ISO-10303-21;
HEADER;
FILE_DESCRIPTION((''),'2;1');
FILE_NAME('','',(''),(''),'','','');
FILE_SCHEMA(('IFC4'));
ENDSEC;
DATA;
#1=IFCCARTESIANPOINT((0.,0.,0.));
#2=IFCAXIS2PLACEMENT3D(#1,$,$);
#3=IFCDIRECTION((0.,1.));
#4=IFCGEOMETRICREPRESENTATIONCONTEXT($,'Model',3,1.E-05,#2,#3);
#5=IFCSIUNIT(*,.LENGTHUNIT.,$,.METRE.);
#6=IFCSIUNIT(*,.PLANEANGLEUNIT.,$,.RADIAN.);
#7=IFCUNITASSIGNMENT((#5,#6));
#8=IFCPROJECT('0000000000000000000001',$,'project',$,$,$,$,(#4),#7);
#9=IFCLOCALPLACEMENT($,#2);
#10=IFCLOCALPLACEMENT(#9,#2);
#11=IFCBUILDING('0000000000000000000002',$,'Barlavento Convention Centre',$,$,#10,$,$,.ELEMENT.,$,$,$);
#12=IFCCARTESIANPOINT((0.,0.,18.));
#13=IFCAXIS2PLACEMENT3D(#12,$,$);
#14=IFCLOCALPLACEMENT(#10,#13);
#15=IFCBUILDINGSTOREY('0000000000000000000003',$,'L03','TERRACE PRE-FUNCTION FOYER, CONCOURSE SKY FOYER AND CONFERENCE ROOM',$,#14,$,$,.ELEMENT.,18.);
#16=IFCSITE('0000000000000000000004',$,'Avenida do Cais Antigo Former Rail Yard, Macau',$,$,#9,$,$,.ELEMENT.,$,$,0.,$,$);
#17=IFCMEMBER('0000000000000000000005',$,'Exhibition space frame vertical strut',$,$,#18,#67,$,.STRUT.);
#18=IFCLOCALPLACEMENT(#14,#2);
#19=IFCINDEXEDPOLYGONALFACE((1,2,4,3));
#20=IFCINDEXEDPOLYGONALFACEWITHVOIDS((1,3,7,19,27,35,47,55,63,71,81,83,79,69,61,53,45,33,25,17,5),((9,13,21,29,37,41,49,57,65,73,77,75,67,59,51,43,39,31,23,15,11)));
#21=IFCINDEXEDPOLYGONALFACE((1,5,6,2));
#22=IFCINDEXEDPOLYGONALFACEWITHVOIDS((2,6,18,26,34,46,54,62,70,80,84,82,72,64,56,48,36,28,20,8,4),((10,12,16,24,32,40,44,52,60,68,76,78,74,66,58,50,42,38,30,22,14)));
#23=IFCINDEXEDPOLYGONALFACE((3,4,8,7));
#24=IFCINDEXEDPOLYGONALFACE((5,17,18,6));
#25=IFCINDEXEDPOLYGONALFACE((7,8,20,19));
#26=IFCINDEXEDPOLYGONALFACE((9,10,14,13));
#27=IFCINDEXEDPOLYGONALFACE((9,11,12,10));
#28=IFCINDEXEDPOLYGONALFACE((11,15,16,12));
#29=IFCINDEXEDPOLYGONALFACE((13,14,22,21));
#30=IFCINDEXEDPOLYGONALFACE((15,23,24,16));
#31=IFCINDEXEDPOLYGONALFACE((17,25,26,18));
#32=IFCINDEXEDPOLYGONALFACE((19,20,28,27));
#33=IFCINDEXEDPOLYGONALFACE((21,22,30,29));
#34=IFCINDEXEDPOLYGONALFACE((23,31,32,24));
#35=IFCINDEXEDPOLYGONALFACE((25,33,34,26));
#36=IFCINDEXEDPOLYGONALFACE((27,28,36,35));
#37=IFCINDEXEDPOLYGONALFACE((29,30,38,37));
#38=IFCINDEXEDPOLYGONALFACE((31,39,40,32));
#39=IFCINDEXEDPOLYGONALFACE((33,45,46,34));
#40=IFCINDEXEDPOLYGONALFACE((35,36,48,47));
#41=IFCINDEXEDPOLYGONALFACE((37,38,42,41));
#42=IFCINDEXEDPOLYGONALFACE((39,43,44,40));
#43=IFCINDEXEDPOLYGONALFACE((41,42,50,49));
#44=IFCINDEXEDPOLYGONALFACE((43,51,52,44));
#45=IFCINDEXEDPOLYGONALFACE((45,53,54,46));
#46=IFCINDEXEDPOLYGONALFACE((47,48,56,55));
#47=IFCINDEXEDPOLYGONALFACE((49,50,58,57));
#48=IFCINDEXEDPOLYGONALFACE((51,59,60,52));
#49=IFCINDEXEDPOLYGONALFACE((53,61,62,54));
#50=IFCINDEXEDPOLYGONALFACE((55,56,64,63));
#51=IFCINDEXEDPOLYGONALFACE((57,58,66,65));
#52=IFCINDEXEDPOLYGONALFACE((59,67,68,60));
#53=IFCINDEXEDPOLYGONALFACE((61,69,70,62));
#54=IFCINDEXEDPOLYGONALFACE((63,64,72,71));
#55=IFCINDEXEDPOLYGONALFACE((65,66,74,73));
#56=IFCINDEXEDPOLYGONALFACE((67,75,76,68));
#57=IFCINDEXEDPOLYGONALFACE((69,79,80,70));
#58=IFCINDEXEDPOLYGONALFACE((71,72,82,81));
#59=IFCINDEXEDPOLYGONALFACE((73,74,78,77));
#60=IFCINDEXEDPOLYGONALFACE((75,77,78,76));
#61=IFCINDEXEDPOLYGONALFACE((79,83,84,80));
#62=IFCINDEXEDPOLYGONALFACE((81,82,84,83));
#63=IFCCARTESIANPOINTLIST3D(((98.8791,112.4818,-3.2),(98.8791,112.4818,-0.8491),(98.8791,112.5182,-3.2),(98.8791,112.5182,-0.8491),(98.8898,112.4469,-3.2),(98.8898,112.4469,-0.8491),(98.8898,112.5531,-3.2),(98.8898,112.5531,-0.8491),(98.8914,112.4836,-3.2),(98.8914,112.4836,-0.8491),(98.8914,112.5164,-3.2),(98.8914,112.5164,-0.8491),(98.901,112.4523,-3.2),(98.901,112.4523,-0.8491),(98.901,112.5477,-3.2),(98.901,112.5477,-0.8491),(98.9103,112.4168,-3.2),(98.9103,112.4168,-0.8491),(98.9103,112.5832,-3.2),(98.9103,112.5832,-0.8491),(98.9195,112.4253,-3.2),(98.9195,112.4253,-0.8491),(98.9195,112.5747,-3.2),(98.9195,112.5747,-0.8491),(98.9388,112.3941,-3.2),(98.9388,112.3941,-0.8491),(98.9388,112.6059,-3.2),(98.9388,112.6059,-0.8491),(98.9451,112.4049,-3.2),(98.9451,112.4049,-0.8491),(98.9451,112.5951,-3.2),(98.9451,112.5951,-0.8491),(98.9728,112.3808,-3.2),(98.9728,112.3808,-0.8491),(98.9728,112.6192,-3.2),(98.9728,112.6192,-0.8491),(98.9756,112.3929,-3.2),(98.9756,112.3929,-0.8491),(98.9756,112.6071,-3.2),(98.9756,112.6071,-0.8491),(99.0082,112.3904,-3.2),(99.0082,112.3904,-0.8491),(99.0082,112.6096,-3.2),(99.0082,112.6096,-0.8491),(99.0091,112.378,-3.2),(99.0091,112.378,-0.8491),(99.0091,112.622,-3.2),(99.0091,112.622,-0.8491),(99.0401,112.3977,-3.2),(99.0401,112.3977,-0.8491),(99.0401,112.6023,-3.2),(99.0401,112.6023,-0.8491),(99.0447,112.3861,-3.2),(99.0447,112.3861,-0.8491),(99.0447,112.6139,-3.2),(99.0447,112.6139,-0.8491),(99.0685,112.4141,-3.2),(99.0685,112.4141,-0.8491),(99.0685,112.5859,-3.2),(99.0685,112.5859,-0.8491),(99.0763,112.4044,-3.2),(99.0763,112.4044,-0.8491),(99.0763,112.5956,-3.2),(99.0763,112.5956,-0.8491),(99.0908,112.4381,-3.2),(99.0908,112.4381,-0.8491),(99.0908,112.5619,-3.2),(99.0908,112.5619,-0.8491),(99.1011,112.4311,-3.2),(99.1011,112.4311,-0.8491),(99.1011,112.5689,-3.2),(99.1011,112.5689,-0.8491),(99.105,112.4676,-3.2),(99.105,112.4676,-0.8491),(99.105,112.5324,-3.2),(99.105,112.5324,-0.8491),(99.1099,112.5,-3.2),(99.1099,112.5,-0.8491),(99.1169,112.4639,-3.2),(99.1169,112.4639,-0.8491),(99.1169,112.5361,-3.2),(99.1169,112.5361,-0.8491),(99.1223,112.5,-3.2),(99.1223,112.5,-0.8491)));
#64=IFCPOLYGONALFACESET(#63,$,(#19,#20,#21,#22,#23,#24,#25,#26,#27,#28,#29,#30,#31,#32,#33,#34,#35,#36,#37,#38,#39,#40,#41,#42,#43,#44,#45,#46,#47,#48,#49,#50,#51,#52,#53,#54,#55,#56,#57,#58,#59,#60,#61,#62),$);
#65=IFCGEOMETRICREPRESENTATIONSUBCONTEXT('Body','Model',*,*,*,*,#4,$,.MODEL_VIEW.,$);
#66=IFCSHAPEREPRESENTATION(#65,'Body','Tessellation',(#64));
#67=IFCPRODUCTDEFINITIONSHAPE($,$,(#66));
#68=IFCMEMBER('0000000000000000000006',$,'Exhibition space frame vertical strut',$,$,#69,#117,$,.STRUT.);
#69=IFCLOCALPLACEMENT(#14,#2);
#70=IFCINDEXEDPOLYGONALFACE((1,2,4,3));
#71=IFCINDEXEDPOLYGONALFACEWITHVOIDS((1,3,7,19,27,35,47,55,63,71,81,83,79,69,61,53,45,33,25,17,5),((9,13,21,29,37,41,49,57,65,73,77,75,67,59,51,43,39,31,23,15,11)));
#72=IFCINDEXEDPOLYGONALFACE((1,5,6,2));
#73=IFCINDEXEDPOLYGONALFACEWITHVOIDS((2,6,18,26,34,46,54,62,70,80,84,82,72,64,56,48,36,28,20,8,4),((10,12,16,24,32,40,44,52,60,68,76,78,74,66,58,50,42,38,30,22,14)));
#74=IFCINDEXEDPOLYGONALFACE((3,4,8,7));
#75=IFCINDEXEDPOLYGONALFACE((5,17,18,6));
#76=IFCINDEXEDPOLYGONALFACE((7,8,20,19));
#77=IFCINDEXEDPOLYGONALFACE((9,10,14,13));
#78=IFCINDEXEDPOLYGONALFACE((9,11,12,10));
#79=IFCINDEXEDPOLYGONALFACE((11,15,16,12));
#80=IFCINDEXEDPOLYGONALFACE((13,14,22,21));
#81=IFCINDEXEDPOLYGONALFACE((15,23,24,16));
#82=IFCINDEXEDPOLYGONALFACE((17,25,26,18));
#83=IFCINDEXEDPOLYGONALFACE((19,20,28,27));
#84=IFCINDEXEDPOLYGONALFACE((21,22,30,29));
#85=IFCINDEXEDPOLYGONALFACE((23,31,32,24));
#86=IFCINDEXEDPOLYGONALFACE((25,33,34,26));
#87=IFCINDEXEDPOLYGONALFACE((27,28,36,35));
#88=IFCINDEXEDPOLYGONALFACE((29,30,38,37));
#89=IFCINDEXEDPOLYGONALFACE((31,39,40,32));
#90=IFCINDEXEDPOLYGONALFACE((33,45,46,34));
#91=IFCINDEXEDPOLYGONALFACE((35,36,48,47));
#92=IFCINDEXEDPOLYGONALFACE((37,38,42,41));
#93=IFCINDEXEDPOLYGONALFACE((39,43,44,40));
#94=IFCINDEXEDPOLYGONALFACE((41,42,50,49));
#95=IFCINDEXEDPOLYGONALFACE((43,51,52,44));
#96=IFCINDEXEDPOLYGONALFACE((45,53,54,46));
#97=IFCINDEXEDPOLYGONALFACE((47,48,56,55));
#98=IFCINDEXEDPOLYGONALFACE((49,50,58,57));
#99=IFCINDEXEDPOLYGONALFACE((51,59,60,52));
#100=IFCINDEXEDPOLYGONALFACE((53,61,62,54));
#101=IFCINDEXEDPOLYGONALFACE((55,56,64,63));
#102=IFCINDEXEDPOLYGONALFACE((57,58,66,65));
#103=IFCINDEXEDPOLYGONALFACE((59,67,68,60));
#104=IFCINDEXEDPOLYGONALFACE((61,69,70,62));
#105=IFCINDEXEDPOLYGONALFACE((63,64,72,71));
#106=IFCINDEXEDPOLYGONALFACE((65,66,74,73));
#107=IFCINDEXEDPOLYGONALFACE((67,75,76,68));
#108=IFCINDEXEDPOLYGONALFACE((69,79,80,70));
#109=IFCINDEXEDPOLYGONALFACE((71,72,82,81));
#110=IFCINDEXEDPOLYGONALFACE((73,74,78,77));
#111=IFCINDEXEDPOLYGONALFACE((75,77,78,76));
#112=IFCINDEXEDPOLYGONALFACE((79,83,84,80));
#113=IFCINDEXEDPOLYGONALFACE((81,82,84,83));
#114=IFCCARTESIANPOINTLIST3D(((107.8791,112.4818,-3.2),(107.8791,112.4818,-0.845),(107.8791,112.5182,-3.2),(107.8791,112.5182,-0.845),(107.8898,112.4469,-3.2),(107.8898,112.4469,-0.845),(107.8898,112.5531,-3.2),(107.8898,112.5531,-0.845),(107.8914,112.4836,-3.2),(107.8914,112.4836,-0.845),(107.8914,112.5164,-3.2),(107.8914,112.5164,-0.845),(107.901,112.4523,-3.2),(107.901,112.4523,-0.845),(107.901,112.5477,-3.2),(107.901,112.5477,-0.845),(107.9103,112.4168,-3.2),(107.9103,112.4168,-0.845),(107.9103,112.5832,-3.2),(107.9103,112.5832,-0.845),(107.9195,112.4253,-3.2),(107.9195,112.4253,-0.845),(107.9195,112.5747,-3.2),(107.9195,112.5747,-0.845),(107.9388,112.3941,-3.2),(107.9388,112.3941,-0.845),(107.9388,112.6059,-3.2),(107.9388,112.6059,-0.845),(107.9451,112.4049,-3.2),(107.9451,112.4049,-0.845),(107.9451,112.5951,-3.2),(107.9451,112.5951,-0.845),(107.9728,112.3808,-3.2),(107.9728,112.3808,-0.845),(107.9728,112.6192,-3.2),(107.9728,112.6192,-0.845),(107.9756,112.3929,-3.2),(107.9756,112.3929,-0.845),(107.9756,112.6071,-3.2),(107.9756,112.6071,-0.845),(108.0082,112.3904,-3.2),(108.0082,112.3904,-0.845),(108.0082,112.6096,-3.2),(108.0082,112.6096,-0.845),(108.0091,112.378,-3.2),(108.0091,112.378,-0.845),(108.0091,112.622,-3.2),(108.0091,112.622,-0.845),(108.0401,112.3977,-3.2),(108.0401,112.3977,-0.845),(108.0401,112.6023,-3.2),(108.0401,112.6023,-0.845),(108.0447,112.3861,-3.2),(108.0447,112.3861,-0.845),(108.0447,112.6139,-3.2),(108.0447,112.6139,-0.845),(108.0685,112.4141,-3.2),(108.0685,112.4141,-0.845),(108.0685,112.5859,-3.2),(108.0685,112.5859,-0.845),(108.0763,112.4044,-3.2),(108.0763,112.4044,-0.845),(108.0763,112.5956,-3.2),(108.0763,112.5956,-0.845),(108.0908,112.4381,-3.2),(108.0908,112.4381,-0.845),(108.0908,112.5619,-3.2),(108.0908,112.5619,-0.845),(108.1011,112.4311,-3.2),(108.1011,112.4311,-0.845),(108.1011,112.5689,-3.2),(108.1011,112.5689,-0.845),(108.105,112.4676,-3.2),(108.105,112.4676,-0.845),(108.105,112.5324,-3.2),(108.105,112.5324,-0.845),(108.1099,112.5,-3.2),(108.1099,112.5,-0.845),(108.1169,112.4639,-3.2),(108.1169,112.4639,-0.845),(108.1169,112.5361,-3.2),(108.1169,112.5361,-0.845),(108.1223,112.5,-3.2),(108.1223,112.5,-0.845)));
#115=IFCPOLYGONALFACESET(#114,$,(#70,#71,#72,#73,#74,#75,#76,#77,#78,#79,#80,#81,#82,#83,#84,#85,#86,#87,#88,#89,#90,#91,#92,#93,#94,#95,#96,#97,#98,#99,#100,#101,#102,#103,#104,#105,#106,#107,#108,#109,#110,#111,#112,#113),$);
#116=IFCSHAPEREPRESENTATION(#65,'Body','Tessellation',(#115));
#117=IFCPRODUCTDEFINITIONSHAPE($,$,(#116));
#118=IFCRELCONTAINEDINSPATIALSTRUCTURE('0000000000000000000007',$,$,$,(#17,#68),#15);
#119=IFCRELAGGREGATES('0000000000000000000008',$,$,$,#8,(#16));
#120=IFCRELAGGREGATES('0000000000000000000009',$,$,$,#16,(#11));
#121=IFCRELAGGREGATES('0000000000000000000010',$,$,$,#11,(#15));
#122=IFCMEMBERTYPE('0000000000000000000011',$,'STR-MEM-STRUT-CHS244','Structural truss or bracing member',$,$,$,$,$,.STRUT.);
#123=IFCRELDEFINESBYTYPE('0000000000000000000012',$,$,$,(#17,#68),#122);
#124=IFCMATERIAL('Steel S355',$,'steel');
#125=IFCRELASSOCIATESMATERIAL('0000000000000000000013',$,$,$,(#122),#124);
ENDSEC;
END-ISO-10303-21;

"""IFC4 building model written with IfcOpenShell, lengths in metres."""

from ifc_helpers import new_model, si_unit, direction, frame, origin, origin_2d, place, context, subcontext, project, spatial, hollow_circle, extrude, material, material_profile, profile_set, type_object, element, save


model = new_model("IFC4")

# Units and contexts
model_context = context("Model", 3, precision=1e-05, world=origin(), true_north=direction((0.0, 1.0)))
body_context = subcontext(model_context, "Body", "Model", "MODEL_VIEW")
ifc_project = project(units=[si_unit("LENGTHUNIT", "METRE"), si_unit("PLANEANGLEUNIT", "RADIAN")], contexts=[model_context])

# Site, building, storey
site_placement = place(None, origin())
site = spatial("IfcSite", under=ifc_project, at=site_placement, Name="Avenida do Cais Antigo Former Rail Yard, Macau", CompositionType="ELEMENT", RefElevation=0.0)
building_placement = place(site_placement, origin())
building = spatial("IfcBuilding", under=site, at=building_placement, Name="Barlavento Convention Centre", CompositionType="ELEMENT")
storey_placement = place(building_placement, frame((0.0, 0.0, 18.0)))
storey = spatial("IfcBuildingStorey", under=building, at=storey_placement, Name="L03", Description="TERRACE PRE-FUNCTION FOYER, CONCOURSE SKY FOYER AND CONFERENCE ROOM", CompositionType="ELEMENT", Elevation=18.0)

# Shared definitions
ifc_material = material(Name="Steel S355", Category="steel")

# Members
ifc_material_profile_1 = material_profile(ifc_material, hollow_circle(Radius=0.1223, WallThickness=0.0125, at=origin_2d()), Name="CHS 244.5x12.5")
ifc_profile_set_1 = profile_set([ifc_material_profile_1], Name="Steel S355")
member_type_1 = type_object("IfcMemberType", Name="STR-MEM-STRUT-CHS244", Description="Structural truss or bracing member", PredefinedType="STRUT", material=ifc_profile_set_1)
member_1_placement = place(storey_placement, frame((99.0, 112.5, -3.2), z_axis=(0.0, 0.0, 1.0), x_axis=(1.0, 0.0, 0.0)))
element("IfcMember", 1, at=member_1_placement, inside=storey, type_object=member_type_1, Name="Exhibition space frame vertical strut", PredefinedType="STRUT", context=body_context, shape_type="SweptSolid", body=[
    extrude(hollow_circle(Radius=0.1223, WallThickness=0.0125, at=origin_2d()), origin(), (0.0, 0.0, 1.0), 2.3508),
])
member_2_placement = place(storey_placement, frame((108.0, 112.5, -3.2), z_axis=(0.0, 0.0, 1.0), x_axis=(1.0, 0.0, 0.0)))
element("IfcMember", 2, at=member_2_placement, inside=storey, type_object=member_type_1, Name="Exhibition space frame vertical strut", PredefinedType="STRUT", context=body_context, shape_type="SweptSolid", body=[
    extrude(hollow_circle(Radius=0.1223, WallThickness=0.0125, at=origin_2d()), origin(), (0.0, 0.0, 1.0), 2.355),
])

save(model, "model.ifc")
